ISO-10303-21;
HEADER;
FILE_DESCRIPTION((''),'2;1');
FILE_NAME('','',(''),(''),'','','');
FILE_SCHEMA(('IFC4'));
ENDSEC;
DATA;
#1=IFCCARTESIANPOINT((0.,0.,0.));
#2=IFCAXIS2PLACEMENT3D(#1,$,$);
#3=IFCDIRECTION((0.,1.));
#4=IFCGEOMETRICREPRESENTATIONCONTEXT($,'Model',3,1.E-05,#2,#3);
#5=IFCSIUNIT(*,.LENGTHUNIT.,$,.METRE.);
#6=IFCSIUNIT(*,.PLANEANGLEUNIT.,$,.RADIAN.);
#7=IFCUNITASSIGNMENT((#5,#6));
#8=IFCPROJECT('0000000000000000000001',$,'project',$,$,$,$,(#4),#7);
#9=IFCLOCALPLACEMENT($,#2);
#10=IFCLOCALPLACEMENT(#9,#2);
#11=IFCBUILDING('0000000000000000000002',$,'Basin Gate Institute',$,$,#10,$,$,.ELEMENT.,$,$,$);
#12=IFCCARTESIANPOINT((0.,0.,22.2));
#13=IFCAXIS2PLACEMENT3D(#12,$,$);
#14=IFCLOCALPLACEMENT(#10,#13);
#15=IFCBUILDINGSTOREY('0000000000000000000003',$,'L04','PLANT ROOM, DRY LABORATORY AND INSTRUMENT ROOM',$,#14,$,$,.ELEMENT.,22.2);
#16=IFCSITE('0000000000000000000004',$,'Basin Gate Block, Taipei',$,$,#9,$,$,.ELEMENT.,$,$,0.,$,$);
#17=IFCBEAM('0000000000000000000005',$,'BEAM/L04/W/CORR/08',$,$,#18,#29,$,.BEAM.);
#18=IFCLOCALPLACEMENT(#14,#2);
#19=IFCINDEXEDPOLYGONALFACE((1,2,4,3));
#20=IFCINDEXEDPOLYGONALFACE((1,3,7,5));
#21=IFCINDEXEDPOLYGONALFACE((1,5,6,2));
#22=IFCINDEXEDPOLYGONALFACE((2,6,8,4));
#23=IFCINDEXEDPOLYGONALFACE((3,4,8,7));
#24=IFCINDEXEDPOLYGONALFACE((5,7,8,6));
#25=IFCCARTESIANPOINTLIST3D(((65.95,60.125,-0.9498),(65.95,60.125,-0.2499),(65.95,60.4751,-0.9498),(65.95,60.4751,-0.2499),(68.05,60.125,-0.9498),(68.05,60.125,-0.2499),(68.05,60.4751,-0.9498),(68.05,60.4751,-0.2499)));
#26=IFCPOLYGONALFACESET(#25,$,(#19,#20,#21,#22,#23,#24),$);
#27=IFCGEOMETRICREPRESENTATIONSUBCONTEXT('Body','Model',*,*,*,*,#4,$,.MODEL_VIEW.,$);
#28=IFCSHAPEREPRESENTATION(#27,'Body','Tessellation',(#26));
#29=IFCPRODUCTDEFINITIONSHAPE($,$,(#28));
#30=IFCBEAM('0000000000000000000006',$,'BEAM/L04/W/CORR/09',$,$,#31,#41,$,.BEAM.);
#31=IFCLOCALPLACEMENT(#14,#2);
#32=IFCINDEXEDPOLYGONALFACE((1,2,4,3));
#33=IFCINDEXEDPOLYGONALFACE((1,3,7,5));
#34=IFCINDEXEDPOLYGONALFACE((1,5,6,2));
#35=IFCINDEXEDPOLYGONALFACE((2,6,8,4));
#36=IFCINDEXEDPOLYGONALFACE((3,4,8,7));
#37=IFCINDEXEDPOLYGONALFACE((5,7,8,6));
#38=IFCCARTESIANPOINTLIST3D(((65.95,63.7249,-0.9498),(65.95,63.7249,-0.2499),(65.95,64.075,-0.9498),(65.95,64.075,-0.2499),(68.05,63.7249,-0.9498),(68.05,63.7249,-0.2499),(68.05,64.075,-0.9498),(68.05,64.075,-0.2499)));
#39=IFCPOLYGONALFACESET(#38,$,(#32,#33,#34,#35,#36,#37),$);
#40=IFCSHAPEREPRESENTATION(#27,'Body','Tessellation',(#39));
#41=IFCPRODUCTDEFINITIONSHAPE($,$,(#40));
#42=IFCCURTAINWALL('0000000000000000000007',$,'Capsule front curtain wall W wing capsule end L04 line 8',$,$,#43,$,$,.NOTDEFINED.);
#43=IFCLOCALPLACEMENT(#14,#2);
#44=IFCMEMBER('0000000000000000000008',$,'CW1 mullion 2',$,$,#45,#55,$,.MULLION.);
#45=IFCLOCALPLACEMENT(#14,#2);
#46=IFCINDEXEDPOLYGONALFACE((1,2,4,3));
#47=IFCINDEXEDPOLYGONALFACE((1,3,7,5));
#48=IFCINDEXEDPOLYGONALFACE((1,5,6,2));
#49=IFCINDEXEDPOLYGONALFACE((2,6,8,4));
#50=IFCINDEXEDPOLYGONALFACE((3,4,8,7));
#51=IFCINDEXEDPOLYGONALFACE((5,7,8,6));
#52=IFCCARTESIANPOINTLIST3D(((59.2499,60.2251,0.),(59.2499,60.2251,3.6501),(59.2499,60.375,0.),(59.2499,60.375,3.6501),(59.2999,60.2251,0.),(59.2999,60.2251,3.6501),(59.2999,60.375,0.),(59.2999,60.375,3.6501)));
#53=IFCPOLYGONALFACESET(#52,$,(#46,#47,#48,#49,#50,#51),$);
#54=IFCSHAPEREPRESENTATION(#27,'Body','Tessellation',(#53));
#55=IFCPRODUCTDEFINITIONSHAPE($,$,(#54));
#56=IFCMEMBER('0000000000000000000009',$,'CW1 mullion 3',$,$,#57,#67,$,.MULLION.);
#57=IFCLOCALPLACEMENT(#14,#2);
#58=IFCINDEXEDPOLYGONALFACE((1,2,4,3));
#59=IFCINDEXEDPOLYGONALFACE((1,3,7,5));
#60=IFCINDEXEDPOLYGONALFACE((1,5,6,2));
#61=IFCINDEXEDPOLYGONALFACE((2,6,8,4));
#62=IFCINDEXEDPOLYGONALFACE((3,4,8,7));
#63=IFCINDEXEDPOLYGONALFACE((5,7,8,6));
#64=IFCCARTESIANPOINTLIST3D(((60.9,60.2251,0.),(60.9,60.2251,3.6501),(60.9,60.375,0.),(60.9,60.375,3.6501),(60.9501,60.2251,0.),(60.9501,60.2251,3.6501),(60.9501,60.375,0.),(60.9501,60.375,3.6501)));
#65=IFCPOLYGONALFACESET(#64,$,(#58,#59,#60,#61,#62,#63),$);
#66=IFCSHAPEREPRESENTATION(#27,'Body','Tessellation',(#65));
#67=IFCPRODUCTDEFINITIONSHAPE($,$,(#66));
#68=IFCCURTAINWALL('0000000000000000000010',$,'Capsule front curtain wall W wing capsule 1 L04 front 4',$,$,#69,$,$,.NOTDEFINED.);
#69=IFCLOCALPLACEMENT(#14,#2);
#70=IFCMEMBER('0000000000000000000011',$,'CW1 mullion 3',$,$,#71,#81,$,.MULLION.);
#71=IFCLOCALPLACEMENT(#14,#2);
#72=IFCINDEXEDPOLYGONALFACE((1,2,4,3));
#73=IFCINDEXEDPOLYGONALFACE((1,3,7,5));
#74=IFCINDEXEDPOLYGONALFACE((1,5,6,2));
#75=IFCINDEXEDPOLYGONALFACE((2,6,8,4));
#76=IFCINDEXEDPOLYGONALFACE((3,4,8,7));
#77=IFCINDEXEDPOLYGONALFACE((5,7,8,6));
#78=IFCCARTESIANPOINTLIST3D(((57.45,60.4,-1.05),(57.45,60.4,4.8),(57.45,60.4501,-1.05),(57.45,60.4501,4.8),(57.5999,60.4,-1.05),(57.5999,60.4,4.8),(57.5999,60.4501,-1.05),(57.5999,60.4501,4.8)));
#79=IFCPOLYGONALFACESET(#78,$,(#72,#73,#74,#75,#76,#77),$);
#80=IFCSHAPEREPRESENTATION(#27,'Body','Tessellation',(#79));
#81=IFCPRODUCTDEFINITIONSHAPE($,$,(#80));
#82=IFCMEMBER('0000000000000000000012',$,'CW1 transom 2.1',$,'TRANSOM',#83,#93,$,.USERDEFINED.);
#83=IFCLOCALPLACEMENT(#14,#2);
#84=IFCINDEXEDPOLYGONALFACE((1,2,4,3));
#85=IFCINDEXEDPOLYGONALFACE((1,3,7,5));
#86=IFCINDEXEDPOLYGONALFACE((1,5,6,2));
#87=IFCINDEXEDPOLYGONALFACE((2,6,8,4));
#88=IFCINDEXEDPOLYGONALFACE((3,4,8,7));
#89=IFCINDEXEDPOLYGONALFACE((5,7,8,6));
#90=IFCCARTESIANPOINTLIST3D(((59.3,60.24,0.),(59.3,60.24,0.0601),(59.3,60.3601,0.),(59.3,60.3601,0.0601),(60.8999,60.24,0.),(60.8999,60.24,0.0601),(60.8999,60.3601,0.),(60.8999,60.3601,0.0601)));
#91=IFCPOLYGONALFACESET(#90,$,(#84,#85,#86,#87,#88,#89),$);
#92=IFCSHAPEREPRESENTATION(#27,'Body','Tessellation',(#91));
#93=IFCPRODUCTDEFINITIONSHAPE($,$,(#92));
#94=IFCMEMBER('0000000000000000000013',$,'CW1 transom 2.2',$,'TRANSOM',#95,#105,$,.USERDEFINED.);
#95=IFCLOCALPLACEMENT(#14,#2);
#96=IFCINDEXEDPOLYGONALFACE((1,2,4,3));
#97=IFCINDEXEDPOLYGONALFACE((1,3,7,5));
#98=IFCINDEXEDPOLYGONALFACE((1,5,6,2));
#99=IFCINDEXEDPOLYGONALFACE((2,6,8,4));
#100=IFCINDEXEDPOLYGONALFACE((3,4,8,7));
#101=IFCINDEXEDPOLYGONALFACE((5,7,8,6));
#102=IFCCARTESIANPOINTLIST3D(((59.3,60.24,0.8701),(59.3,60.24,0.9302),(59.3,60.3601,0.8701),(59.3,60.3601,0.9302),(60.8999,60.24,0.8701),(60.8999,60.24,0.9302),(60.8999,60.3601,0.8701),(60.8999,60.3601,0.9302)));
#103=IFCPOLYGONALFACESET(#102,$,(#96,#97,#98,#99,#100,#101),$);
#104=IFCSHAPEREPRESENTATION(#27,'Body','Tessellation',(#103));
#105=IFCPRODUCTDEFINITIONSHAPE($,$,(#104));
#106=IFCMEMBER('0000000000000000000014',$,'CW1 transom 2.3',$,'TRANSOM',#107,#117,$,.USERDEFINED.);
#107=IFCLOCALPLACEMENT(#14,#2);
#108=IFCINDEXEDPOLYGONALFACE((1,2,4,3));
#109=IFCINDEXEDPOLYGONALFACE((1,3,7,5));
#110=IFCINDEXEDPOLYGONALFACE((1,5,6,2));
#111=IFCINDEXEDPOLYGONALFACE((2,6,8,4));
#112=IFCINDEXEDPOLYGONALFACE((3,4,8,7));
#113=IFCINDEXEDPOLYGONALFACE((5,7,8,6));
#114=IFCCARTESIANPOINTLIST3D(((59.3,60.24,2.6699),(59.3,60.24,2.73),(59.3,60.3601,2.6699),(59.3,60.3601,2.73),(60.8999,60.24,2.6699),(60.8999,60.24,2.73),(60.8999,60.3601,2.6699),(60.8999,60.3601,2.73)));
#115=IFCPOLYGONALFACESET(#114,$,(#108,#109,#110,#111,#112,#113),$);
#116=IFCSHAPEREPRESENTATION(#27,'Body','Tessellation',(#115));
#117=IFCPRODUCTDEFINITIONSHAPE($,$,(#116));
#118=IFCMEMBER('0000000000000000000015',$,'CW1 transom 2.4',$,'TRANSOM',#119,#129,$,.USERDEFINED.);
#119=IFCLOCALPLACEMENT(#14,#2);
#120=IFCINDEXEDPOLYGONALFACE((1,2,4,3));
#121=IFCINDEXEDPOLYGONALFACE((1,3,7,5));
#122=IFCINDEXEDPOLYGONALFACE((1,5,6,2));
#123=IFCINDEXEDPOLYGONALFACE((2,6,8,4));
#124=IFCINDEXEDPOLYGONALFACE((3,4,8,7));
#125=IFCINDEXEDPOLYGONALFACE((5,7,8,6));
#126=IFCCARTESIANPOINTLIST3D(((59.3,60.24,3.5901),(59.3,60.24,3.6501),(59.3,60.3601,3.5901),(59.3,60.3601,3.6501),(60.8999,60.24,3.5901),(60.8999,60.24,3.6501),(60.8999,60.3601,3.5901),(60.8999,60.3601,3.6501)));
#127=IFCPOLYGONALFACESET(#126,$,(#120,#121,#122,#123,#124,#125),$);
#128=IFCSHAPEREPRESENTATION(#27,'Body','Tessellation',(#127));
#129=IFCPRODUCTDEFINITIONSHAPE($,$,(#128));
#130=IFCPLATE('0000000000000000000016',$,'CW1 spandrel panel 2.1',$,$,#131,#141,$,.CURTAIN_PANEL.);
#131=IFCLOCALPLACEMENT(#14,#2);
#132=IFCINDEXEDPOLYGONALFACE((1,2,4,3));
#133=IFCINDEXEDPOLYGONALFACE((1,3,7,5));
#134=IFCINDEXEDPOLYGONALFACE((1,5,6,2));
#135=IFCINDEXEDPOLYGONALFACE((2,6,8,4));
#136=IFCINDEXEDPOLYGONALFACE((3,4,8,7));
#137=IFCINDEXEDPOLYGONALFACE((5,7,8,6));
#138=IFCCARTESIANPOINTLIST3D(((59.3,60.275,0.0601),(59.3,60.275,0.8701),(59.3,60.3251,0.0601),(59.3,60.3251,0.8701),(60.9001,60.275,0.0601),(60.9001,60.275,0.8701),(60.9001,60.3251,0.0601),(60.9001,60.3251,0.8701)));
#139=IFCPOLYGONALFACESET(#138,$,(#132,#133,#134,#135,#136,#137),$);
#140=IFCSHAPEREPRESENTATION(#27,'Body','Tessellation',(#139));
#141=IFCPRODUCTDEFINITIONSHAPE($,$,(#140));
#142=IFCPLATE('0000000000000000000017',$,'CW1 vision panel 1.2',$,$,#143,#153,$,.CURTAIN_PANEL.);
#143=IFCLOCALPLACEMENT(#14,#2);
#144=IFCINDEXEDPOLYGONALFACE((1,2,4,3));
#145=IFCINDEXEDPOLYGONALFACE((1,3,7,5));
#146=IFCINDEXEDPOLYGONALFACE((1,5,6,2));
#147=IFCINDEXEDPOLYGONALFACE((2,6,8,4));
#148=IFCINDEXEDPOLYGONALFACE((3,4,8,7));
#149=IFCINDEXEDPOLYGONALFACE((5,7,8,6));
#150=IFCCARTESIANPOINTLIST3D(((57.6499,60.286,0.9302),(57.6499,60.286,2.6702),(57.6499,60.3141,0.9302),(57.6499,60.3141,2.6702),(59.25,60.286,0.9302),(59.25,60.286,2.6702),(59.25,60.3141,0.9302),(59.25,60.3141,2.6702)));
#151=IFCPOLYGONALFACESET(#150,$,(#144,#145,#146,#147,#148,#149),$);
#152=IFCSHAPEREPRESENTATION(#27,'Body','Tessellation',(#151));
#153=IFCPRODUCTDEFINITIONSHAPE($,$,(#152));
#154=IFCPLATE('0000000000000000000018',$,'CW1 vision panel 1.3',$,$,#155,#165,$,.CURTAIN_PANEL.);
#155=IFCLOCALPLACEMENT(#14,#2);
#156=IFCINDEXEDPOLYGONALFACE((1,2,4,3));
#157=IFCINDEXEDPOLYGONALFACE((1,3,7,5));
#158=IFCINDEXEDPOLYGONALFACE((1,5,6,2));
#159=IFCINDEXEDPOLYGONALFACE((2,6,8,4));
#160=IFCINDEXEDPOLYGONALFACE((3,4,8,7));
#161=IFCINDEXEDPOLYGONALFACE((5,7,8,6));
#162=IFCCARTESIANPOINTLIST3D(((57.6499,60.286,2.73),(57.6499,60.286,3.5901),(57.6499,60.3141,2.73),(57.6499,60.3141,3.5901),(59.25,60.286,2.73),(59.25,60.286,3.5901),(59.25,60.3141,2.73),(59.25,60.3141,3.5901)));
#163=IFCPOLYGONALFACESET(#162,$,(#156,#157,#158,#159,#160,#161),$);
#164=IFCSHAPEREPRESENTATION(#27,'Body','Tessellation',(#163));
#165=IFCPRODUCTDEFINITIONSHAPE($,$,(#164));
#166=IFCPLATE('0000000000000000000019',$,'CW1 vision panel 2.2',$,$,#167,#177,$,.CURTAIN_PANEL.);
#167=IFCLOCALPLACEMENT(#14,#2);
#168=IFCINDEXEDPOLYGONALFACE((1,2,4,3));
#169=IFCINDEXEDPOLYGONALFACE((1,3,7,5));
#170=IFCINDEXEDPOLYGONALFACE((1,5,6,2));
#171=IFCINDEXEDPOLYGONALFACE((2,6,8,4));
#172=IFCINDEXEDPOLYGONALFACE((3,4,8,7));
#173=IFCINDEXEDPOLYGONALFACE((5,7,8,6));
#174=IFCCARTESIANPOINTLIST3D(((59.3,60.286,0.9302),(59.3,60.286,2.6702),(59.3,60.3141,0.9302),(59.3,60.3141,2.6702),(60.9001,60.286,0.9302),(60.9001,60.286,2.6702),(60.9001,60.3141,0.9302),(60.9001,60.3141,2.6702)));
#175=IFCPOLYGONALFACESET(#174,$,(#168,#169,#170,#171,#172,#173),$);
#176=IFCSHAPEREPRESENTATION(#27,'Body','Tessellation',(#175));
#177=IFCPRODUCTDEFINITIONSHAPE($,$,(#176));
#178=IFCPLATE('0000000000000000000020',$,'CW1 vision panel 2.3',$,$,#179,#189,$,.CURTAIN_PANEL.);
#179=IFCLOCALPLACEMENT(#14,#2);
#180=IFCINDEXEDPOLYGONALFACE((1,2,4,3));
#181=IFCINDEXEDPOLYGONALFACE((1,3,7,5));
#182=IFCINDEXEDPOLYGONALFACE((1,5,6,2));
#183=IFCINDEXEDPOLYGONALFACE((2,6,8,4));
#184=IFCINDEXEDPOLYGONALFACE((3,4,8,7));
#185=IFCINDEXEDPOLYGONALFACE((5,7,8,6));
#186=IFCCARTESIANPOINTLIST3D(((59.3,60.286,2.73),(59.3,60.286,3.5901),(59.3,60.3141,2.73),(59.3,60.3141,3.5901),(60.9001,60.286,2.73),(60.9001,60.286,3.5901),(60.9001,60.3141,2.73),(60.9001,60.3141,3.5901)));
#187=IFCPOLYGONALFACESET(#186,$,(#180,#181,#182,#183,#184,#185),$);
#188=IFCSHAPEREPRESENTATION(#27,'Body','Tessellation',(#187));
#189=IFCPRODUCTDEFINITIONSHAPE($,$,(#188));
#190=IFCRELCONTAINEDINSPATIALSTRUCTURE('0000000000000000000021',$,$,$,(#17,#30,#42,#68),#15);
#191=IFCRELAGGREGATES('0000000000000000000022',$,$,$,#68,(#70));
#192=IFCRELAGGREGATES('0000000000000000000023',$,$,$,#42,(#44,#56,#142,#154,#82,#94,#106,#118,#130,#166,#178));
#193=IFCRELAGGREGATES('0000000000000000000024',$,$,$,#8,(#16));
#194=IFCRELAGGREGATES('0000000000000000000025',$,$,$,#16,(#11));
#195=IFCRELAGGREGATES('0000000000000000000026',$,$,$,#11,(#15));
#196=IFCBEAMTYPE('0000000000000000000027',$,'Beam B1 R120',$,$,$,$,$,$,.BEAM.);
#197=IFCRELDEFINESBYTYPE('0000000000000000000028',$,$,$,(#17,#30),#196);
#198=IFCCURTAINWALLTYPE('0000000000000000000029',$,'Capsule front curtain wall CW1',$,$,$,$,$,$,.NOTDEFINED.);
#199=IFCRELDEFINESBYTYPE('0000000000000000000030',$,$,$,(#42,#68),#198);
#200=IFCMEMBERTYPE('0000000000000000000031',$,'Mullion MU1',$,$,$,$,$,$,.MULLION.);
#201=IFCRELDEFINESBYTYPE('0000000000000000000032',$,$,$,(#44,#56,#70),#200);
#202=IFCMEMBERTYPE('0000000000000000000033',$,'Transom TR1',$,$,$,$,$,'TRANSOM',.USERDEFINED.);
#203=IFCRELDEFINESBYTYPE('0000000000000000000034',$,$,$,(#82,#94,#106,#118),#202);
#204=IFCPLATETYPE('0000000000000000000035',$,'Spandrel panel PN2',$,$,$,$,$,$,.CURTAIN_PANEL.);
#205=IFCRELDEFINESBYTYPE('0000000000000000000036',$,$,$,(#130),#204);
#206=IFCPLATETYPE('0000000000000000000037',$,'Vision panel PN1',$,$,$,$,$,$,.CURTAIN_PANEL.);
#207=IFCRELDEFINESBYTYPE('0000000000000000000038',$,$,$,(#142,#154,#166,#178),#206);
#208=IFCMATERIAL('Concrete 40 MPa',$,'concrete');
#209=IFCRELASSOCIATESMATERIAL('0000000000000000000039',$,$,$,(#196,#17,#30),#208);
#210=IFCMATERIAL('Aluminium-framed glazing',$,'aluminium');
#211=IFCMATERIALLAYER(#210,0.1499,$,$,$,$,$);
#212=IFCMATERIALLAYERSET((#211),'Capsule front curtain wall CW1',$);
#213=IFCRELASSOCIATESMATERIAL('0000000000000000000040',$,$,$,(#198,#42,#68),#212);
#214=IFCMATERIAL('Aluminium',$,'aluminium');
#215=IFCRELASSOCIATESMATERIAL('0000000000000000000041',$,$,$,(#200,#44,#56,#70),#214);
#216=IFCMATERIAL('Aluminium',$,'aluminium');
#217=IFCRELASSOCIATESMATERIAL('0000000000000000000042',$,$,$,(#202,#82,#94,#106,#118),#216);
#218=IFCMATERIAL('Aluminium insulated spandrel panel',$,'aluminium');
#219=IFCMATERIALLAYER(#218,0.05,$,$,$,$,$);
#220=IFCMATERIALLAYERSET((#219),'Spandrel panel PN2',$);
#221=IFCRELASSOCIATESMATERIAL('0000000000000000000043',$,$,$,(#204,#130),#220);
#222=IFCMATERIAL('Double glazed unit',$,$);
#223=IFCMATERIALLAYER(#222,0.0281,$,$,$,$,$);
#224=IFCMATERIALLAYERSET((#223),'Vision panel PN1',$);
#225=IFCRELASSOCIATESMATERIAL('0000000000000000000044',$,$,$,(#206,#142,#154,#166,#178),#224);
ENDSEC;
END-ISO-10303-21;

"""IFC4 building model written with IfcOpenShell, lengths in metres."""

from ifc_helpers import new_model, si_unit, direction, frame, origin, origin_2d, place, context, subcontext, project, spatial, rectangle, extrude, material, layer, layer_set, material_profile, profile_set, type_object, element, aggregate, save


model = new_model("IFC4")

# Units and contexts
model_context = context("Model", 3, precision=1e-05, world=origin(), true_north=direction((0.0, 1.0)))
body_context = subcontext(model_context, "Body", "Model", "MODEL_VIEW")
ifc_project = project(units=[si_unit("LENGTHUNIT", "METRE"), si_unit("PLANEANGLEUNIT", "RADIAN")], contexts=[model_context])

# Site, building, storey
site_placement = place(None, origin())
site = spatial("IfcSite", under=ifc_project, at=site_placement, Name="Basin Gate Block, Taipei", CompositionType="ELEMENT", RefElevation=0.0)
building_placement = place(site_placement, origin())
building = spatial("IfcBuilding", under=site, at=building_placement, Name="Basin Gate Institute", CompositionType="ELEMENT")
storey_placement = place(building_placement, frame((0.0, 0.0, 22.2)))
storey = spatial("IfcBuildingStorey", under=building, at=storey_placement, Name="L04", Description="PLANT ROOM, DRY LABORATORY AND INSTRUMENT ROOM", CompositionType="ELEMENT", Elevation=22.2)

# Beams
ifc_material_1 = material(Name="Concrete 40 MPa", Category="concrete")
ifc_material_profile_1 = material_profile(ifc_material_1, rectangle(XDim=0.3501, YDim=0.7, at=origin_2d()), Name="Beam B1 350 x 700")
ifc_profile_set_1 = profile_set([ifc_material_profile_1], Name="Concrete 40 MPa")
beam_type = type_object("IfcBeamType", Name="Beam B1 R120", PredefinedType="BEAM", material=ifc_profile_set_1)
for number, where, z_axis, x_axis, name in (
    (1, (65.95, 60.3, -0.5999), (1.0, 0.0, 0.0), (0.0, 1.0, 0.0), "BEAM/L04/W/CORR/08"),
    (2, (65.95, 63.8999, -0.5999), (1.0, 0.0, 0.0), (0.0, 1.0, 0.0), "BEAM/L04/W/CORR/09"),
):
    element("IfcBeam", number, at=place(storey_placement, frame(where, z_axis=z_axis, x_axis=x_axis)), inside=storey, type_object=beam_type, material=ifc_profile_set_1, Name=name, PredefinedType="BEAM", context=body_context, shape_type="SweptSolid", body=[
        extrude(rectangle(XDim=0.3501, YDim=0.7, at=origin_2d()), origin(), (0.0, 0.0, 1.0), 2.1001),
    ])

# Curtain wall, members
ifc_material_2 = material(Name="Aluminium-framed glazing", Category="aluminium")
ifc_layer_1 = layer(ifc_material_2, 0.1499)
ifc_layer_set_1 = layer_set([ifc_layer_1], Name="Capsule front curtain wall CW1")
curtain_wall_type = type_object("IfcCurtainWallType", Name="Capsule front curtain wall CW1", PredefinedType="NOTDEFINED", material=ifc_layer_set_1)
curtain_wall_1_placement = place(storey_placement, origin())
curtain_wall_1 = element("IfcCurtainWall", 3, at=curtain_wall_1_placement, inside=storey, type_object=curtain_wall_type, material=ifc_layer_set_1, Name="Capsule front curtain wall W wing capsule end L04 line 8", PredefinedType="NOTDEFINED")
ifc_material_3 = material(Name="Aluminium", Category="aluminium")
ifc_material_profile_2 = material_profile(ifc_material_3, rectangle(XDim=0.1499, YDim=0.05, at=origin_2d()), Name="Mullion MU1 150 x 50")
ifc_profile_set_2 = profile_set([ifc_material_profile_2], Name="Aluminium")
member_type_1 = type_object("IfcMemberType", Name="Mullion MU1", PredefinedType="MULLION", material=ifc_profile_set_2)
member_1_placement = place(storey_placement, frame((59.2749, 60.3, 0.0), z_axis=(0.0, 0.0, 1.0), x_axis=(0.0, 1.0, 0.0)))
member_1 = element("IfcMember", 4, at=member_1_placement, type_object=member_type_1, material=ifc_profile_set_2, Name="CW1 mullion 2", PredefinedType="MULLION", context=body_context, shape_type="SweptSolid", body=[
    extrude(rectangle(XDim=0.1499, YDim=0.05, at=origin_2d()), origin(), (0.0, 0.0, 1.0), 3.6501),
])
member_2_placement = place(storey_placement, frame((60.925, 60.3, 0.0), z_axis=(0.0, 0.0, 1.0), x_axis=(0.0, 1.0, 0.0)))
member_2 = element("IfcMember", 5, at=member_2_placement, type_object=member_type_1, material=ifc_profile_set_2, Name="CW1 mullion 3", PredefinedType="MULLION", context=body_context, shape_type="SweptSolid", body=[
    extrude(rectangle(XDim=0.1499, YDim=0.05, at=origin_2d()), origin(), (0.0, 0.0, 1.0), 3.6501),
])

# Curtain wall, member
curtain_wall_2_placement = place(storey_placement, origin())
curtain_wall_2 = element("IfcCurtainWall", 6, at=curtain_wall_2_placement, inside=storey, type_object=curtain_wall_type, material=ifc_layer_set_1, Name="Capsule front curtain wall W wing capsule 1 L04 front 4", PredefinedType="NOTDEFINED")
member_3_placement = place(storey_placement, frame((57.5249, 60.425, -1.05), z_axis=(0.0, 0.0, 1.0), x_axis=(-1.0, 0.0, 0.0)))
member_3 = element("IfcMember", 7, at=member_3_placement, type_object=member_type_1, material=ifc_profile_set_2, Name="CW1 mullion 3", PredefinedType="MULLION", context=body_context, shape_type="SweptSolid", body=[
    extrude(rectangle(XDim=0.1499, YDim=0.05, at=origin_2d()), origin(), (0.0, 0.0, 1.0), 5.8501),
])
aggregate(curtain_wall_2, [member_3])

# Members
ifc_material_4 = material(Name="Aluminium", Category="aluminium")
ifc_material_profile_3 = material_profile(ifc_material_4, rectangle(XDim=0.1201, YDim=0.0601, at=origin_2d()), Name="Transom TR1 120 x 60")
ifc_profile_set_3 = profile_set([ifc_material_profile_3], Name="Aluminium")
member_type_2 = type_object("IfcMemberType", Name="Transom TR1", ElementType="TRANSOM", PredefinedType="USERDEFINED", material=ifc_profile_set_3)
member_4_placement = place(storey_placement, frame((59.3, 60.3, 0.03), z_axis=(1.0, 0.0, 0.0), x_axis=(0.0, 1.0, 0.0)))
member_4 = element("IfcMember", 8, at=member_4_placement, type_object=member_type_2, material=ifc_profile_set_3, Name="CW1 transom 2.1", ObjectType="TRANSOM", PredefinedType="USERDEFINED", context=body_context, shape_type="SweptSolid", body=[
    extrude(rectangle(XDim=0.1201, YDim=0.0601, at=origin_2d()), origin(), (0.0, 0.0, 1.0), 1.5999),
])
member_5_placement = place(storey_placement, frame((59.3, 60.3, 0.9001), z_axis=(1.0, 0.0, 0.0), x_axis=(0.0, 1.0, 0.0)))
member_5 = element("IfcMember", 9, at=member_5_placement, type_object=member_type_2, material=ifc_profile_set_3, Name="CW1 transom 2.2", ObjectType="TRANSOM", PredefinedType="USERDEFINED", context=body_context, shape_type="SweptSolid", body=[
    extrude(rectangle(XDim=0.1201, YDim=0.0601, at=origin_2d()), origin(), (0.0, 0.0, 1.0), 1.5999),
])
member_6_placement = place(storey_placement, frame((59.3, 60.3, 2.7), z_axis=(1.0, 0.0, 0.0), x_axis=(0.0, 1.0, 0.0)))
member_6 = element("IfcMember", 10, at=member_6_placement, type_object=member_type_2, material=ifc_profile_set_3, Name="CW1 transom 2.3", ObjectType="TRANSOM", PredefinedType="USERDEFINED", context=body_context, shape_type="SweptSolid", body=[
    extrude(rectangle(XDim=0.1201, YDim=0.0601, at=origin_2d()), origin(), (0.0, 0.0, 1.0), 1.5999),
])
member_7_placement = place(storey_placement, frame((59.3, 60.3, 3.6201), z_axis=(1.0, 0.0, 0.0), x_axis=(0.0, 1.0, 0.0)))
member_7 = element("IfcMember", 11, at=member_7_placement, type_object=member_type_2, material=ifc_profile_set_3, Name="CW1 transom 2.4", ObjectType="TRANSOM", PredefinedType="USERDEFINED", context=body_context, shape_type="SweptSolid", body=[
    extrude(rectangle(XDim=0.1201, YDim=0.0601, at=origin_2d()), origin(), (0.0, 0.0, 1.0), 1.5999),
])

# Plates
ifc_material_5 = material(Name="Aluminium insulated spandrel panel", Category="aluminium")
ifc_layer_2 = layer(ifc_material_5, 0.05)
ifc_layer_set_2 = layer_set([ifc_layer_2], Name="Spandrel panel PN2")
plate_type_1 = type_object("IfcPlateType", Name="Spandrel panel PN2", PredefinedType="CURTAIN_PANEL", material=ifc_layer_set_2)
plate_1_placement = place(storey_placement, frame((60.1001, 60.3, 0.0601), z_axis=(0.0, 0.0, 1.0), x_axis=(1.0, 0.0, 0.0)))
plate_1 = element("IfcPlate", 12, at=plate_1_placement, type_object=plate_type_1, material=ifc_layer_set_2, Name="CW1 spandrel panel 2.1", PredefinedType="CURTAIN_PANEL", context=body_context, shape_type="SweptSolid", body=[
    extrude(rectangle(XDim=1.6001, YDim=0.05, at=origin_2d()), origin(), (0.0, 0.0, 1.0), 0.8101),
])
ifc_material_6 = material(Name="Double glazed unit")
ifc_layer_3 = layer(ifc_material_6, 0.0281)
ifc_layer_set_3 = layer_set([ifc_layer_3], Name="Vision panel PN1")
plate_type_2 = type_object("IfcPlateType", Name="Vision panel PN1", PredefinedType="CURTAIN_PANEL", material=ifc_layer_set_3)
plate_2_placement = place(storey_placement, frame((58.45, 60.3, 0.9302), z_axis=(0.0, 0.0, 1.0), x_axis=(1.0, 0.0, 0.0)))
plate_2 = element("IfcPlate", 13, at=plate_2_placement, type_object=plate_type_2, material=ifc_layer_set_3, Name="CW1 vision panel 1.2", PredefinedType="CURTAIN_PANEL", context=body_context, shape_type="SweptSolid", body=[
    extrude(rectangle(XDim=1.6001, YDim=0.0281, at=origin_2d()), origin(), (0.0, 0.0, 1.0), 1.74),
])
plate_3_placement = place(storey_placement, frame((58.45, 60.3, 2.73), z_axis=(0.0, 0.0, 1.0), x_axis=(1.0, 0.0, 0.0)))
plate_3 = element("IfcPlate", 14, at=plate_3_placement, type_object=plate_type_2, material=ifc_layer_set_3, Name="CW1 vision panel 1.3", PredefinedType="CURTAIN_PANEL", context=body_context, shape_type="SweptSolid", body=[
    extrude(rectangle(XDim=1.6001, YDim=0.0281, at=origin_2d()), origin(), (0.0, 0.0, 1.0), 0.8601),
])
plate_4_placement = place(storey_placement, frame((60.1001, 60.3, 0.9302), z_axis=(0.0, 0.0, 1.0), x_axis=(1.0, 0.0, 0.0)))
plate_4 = element("IfcPlate", 15, at=plate_4_placement, type_object=plate_type_2, material=ifc_layer_set_3, Name="CW1 vision panel 2.2", PredefinedType="CURTAIN_PANEL", context=body_context, shape_type="SweptSolid", body=[
    extrude(rectangle(XDim=1.6001, YDim=0.0281, at=origin_2d()), origin(), (0.0, 0.0, 1.0), 1.74),
])
plate_5_placement = place(storey_placement, frame((60.1001, 60.3, 2.73), z_axis=(0.0, 0.0, 1.0), x_axis=(1.0, 0.0, 0.0)))
plate_5 = element("IfcPlate", 16, at=plate_5_placement, type_object=plate_type_2, material=ifc_layer_set_3, Name="CW1 vision panel 2.3", PredefinedType="CURTAIN_PANEL", context=body_context, shape_type="SweptSolid", body=[
    extrude(rectangle(XDim=1.6001, YDim=0.0281, at=origin_2d()), origin(), (0.0, 0.0, 1.0), 0.8601),
])
aggregate(curtain_wall_1, [member_1, member_2, plate_2, plate_3, member_4, member_5, member_6, member_7, plate_1, plate_4, plate_5])

save(model, "model.ifc")
